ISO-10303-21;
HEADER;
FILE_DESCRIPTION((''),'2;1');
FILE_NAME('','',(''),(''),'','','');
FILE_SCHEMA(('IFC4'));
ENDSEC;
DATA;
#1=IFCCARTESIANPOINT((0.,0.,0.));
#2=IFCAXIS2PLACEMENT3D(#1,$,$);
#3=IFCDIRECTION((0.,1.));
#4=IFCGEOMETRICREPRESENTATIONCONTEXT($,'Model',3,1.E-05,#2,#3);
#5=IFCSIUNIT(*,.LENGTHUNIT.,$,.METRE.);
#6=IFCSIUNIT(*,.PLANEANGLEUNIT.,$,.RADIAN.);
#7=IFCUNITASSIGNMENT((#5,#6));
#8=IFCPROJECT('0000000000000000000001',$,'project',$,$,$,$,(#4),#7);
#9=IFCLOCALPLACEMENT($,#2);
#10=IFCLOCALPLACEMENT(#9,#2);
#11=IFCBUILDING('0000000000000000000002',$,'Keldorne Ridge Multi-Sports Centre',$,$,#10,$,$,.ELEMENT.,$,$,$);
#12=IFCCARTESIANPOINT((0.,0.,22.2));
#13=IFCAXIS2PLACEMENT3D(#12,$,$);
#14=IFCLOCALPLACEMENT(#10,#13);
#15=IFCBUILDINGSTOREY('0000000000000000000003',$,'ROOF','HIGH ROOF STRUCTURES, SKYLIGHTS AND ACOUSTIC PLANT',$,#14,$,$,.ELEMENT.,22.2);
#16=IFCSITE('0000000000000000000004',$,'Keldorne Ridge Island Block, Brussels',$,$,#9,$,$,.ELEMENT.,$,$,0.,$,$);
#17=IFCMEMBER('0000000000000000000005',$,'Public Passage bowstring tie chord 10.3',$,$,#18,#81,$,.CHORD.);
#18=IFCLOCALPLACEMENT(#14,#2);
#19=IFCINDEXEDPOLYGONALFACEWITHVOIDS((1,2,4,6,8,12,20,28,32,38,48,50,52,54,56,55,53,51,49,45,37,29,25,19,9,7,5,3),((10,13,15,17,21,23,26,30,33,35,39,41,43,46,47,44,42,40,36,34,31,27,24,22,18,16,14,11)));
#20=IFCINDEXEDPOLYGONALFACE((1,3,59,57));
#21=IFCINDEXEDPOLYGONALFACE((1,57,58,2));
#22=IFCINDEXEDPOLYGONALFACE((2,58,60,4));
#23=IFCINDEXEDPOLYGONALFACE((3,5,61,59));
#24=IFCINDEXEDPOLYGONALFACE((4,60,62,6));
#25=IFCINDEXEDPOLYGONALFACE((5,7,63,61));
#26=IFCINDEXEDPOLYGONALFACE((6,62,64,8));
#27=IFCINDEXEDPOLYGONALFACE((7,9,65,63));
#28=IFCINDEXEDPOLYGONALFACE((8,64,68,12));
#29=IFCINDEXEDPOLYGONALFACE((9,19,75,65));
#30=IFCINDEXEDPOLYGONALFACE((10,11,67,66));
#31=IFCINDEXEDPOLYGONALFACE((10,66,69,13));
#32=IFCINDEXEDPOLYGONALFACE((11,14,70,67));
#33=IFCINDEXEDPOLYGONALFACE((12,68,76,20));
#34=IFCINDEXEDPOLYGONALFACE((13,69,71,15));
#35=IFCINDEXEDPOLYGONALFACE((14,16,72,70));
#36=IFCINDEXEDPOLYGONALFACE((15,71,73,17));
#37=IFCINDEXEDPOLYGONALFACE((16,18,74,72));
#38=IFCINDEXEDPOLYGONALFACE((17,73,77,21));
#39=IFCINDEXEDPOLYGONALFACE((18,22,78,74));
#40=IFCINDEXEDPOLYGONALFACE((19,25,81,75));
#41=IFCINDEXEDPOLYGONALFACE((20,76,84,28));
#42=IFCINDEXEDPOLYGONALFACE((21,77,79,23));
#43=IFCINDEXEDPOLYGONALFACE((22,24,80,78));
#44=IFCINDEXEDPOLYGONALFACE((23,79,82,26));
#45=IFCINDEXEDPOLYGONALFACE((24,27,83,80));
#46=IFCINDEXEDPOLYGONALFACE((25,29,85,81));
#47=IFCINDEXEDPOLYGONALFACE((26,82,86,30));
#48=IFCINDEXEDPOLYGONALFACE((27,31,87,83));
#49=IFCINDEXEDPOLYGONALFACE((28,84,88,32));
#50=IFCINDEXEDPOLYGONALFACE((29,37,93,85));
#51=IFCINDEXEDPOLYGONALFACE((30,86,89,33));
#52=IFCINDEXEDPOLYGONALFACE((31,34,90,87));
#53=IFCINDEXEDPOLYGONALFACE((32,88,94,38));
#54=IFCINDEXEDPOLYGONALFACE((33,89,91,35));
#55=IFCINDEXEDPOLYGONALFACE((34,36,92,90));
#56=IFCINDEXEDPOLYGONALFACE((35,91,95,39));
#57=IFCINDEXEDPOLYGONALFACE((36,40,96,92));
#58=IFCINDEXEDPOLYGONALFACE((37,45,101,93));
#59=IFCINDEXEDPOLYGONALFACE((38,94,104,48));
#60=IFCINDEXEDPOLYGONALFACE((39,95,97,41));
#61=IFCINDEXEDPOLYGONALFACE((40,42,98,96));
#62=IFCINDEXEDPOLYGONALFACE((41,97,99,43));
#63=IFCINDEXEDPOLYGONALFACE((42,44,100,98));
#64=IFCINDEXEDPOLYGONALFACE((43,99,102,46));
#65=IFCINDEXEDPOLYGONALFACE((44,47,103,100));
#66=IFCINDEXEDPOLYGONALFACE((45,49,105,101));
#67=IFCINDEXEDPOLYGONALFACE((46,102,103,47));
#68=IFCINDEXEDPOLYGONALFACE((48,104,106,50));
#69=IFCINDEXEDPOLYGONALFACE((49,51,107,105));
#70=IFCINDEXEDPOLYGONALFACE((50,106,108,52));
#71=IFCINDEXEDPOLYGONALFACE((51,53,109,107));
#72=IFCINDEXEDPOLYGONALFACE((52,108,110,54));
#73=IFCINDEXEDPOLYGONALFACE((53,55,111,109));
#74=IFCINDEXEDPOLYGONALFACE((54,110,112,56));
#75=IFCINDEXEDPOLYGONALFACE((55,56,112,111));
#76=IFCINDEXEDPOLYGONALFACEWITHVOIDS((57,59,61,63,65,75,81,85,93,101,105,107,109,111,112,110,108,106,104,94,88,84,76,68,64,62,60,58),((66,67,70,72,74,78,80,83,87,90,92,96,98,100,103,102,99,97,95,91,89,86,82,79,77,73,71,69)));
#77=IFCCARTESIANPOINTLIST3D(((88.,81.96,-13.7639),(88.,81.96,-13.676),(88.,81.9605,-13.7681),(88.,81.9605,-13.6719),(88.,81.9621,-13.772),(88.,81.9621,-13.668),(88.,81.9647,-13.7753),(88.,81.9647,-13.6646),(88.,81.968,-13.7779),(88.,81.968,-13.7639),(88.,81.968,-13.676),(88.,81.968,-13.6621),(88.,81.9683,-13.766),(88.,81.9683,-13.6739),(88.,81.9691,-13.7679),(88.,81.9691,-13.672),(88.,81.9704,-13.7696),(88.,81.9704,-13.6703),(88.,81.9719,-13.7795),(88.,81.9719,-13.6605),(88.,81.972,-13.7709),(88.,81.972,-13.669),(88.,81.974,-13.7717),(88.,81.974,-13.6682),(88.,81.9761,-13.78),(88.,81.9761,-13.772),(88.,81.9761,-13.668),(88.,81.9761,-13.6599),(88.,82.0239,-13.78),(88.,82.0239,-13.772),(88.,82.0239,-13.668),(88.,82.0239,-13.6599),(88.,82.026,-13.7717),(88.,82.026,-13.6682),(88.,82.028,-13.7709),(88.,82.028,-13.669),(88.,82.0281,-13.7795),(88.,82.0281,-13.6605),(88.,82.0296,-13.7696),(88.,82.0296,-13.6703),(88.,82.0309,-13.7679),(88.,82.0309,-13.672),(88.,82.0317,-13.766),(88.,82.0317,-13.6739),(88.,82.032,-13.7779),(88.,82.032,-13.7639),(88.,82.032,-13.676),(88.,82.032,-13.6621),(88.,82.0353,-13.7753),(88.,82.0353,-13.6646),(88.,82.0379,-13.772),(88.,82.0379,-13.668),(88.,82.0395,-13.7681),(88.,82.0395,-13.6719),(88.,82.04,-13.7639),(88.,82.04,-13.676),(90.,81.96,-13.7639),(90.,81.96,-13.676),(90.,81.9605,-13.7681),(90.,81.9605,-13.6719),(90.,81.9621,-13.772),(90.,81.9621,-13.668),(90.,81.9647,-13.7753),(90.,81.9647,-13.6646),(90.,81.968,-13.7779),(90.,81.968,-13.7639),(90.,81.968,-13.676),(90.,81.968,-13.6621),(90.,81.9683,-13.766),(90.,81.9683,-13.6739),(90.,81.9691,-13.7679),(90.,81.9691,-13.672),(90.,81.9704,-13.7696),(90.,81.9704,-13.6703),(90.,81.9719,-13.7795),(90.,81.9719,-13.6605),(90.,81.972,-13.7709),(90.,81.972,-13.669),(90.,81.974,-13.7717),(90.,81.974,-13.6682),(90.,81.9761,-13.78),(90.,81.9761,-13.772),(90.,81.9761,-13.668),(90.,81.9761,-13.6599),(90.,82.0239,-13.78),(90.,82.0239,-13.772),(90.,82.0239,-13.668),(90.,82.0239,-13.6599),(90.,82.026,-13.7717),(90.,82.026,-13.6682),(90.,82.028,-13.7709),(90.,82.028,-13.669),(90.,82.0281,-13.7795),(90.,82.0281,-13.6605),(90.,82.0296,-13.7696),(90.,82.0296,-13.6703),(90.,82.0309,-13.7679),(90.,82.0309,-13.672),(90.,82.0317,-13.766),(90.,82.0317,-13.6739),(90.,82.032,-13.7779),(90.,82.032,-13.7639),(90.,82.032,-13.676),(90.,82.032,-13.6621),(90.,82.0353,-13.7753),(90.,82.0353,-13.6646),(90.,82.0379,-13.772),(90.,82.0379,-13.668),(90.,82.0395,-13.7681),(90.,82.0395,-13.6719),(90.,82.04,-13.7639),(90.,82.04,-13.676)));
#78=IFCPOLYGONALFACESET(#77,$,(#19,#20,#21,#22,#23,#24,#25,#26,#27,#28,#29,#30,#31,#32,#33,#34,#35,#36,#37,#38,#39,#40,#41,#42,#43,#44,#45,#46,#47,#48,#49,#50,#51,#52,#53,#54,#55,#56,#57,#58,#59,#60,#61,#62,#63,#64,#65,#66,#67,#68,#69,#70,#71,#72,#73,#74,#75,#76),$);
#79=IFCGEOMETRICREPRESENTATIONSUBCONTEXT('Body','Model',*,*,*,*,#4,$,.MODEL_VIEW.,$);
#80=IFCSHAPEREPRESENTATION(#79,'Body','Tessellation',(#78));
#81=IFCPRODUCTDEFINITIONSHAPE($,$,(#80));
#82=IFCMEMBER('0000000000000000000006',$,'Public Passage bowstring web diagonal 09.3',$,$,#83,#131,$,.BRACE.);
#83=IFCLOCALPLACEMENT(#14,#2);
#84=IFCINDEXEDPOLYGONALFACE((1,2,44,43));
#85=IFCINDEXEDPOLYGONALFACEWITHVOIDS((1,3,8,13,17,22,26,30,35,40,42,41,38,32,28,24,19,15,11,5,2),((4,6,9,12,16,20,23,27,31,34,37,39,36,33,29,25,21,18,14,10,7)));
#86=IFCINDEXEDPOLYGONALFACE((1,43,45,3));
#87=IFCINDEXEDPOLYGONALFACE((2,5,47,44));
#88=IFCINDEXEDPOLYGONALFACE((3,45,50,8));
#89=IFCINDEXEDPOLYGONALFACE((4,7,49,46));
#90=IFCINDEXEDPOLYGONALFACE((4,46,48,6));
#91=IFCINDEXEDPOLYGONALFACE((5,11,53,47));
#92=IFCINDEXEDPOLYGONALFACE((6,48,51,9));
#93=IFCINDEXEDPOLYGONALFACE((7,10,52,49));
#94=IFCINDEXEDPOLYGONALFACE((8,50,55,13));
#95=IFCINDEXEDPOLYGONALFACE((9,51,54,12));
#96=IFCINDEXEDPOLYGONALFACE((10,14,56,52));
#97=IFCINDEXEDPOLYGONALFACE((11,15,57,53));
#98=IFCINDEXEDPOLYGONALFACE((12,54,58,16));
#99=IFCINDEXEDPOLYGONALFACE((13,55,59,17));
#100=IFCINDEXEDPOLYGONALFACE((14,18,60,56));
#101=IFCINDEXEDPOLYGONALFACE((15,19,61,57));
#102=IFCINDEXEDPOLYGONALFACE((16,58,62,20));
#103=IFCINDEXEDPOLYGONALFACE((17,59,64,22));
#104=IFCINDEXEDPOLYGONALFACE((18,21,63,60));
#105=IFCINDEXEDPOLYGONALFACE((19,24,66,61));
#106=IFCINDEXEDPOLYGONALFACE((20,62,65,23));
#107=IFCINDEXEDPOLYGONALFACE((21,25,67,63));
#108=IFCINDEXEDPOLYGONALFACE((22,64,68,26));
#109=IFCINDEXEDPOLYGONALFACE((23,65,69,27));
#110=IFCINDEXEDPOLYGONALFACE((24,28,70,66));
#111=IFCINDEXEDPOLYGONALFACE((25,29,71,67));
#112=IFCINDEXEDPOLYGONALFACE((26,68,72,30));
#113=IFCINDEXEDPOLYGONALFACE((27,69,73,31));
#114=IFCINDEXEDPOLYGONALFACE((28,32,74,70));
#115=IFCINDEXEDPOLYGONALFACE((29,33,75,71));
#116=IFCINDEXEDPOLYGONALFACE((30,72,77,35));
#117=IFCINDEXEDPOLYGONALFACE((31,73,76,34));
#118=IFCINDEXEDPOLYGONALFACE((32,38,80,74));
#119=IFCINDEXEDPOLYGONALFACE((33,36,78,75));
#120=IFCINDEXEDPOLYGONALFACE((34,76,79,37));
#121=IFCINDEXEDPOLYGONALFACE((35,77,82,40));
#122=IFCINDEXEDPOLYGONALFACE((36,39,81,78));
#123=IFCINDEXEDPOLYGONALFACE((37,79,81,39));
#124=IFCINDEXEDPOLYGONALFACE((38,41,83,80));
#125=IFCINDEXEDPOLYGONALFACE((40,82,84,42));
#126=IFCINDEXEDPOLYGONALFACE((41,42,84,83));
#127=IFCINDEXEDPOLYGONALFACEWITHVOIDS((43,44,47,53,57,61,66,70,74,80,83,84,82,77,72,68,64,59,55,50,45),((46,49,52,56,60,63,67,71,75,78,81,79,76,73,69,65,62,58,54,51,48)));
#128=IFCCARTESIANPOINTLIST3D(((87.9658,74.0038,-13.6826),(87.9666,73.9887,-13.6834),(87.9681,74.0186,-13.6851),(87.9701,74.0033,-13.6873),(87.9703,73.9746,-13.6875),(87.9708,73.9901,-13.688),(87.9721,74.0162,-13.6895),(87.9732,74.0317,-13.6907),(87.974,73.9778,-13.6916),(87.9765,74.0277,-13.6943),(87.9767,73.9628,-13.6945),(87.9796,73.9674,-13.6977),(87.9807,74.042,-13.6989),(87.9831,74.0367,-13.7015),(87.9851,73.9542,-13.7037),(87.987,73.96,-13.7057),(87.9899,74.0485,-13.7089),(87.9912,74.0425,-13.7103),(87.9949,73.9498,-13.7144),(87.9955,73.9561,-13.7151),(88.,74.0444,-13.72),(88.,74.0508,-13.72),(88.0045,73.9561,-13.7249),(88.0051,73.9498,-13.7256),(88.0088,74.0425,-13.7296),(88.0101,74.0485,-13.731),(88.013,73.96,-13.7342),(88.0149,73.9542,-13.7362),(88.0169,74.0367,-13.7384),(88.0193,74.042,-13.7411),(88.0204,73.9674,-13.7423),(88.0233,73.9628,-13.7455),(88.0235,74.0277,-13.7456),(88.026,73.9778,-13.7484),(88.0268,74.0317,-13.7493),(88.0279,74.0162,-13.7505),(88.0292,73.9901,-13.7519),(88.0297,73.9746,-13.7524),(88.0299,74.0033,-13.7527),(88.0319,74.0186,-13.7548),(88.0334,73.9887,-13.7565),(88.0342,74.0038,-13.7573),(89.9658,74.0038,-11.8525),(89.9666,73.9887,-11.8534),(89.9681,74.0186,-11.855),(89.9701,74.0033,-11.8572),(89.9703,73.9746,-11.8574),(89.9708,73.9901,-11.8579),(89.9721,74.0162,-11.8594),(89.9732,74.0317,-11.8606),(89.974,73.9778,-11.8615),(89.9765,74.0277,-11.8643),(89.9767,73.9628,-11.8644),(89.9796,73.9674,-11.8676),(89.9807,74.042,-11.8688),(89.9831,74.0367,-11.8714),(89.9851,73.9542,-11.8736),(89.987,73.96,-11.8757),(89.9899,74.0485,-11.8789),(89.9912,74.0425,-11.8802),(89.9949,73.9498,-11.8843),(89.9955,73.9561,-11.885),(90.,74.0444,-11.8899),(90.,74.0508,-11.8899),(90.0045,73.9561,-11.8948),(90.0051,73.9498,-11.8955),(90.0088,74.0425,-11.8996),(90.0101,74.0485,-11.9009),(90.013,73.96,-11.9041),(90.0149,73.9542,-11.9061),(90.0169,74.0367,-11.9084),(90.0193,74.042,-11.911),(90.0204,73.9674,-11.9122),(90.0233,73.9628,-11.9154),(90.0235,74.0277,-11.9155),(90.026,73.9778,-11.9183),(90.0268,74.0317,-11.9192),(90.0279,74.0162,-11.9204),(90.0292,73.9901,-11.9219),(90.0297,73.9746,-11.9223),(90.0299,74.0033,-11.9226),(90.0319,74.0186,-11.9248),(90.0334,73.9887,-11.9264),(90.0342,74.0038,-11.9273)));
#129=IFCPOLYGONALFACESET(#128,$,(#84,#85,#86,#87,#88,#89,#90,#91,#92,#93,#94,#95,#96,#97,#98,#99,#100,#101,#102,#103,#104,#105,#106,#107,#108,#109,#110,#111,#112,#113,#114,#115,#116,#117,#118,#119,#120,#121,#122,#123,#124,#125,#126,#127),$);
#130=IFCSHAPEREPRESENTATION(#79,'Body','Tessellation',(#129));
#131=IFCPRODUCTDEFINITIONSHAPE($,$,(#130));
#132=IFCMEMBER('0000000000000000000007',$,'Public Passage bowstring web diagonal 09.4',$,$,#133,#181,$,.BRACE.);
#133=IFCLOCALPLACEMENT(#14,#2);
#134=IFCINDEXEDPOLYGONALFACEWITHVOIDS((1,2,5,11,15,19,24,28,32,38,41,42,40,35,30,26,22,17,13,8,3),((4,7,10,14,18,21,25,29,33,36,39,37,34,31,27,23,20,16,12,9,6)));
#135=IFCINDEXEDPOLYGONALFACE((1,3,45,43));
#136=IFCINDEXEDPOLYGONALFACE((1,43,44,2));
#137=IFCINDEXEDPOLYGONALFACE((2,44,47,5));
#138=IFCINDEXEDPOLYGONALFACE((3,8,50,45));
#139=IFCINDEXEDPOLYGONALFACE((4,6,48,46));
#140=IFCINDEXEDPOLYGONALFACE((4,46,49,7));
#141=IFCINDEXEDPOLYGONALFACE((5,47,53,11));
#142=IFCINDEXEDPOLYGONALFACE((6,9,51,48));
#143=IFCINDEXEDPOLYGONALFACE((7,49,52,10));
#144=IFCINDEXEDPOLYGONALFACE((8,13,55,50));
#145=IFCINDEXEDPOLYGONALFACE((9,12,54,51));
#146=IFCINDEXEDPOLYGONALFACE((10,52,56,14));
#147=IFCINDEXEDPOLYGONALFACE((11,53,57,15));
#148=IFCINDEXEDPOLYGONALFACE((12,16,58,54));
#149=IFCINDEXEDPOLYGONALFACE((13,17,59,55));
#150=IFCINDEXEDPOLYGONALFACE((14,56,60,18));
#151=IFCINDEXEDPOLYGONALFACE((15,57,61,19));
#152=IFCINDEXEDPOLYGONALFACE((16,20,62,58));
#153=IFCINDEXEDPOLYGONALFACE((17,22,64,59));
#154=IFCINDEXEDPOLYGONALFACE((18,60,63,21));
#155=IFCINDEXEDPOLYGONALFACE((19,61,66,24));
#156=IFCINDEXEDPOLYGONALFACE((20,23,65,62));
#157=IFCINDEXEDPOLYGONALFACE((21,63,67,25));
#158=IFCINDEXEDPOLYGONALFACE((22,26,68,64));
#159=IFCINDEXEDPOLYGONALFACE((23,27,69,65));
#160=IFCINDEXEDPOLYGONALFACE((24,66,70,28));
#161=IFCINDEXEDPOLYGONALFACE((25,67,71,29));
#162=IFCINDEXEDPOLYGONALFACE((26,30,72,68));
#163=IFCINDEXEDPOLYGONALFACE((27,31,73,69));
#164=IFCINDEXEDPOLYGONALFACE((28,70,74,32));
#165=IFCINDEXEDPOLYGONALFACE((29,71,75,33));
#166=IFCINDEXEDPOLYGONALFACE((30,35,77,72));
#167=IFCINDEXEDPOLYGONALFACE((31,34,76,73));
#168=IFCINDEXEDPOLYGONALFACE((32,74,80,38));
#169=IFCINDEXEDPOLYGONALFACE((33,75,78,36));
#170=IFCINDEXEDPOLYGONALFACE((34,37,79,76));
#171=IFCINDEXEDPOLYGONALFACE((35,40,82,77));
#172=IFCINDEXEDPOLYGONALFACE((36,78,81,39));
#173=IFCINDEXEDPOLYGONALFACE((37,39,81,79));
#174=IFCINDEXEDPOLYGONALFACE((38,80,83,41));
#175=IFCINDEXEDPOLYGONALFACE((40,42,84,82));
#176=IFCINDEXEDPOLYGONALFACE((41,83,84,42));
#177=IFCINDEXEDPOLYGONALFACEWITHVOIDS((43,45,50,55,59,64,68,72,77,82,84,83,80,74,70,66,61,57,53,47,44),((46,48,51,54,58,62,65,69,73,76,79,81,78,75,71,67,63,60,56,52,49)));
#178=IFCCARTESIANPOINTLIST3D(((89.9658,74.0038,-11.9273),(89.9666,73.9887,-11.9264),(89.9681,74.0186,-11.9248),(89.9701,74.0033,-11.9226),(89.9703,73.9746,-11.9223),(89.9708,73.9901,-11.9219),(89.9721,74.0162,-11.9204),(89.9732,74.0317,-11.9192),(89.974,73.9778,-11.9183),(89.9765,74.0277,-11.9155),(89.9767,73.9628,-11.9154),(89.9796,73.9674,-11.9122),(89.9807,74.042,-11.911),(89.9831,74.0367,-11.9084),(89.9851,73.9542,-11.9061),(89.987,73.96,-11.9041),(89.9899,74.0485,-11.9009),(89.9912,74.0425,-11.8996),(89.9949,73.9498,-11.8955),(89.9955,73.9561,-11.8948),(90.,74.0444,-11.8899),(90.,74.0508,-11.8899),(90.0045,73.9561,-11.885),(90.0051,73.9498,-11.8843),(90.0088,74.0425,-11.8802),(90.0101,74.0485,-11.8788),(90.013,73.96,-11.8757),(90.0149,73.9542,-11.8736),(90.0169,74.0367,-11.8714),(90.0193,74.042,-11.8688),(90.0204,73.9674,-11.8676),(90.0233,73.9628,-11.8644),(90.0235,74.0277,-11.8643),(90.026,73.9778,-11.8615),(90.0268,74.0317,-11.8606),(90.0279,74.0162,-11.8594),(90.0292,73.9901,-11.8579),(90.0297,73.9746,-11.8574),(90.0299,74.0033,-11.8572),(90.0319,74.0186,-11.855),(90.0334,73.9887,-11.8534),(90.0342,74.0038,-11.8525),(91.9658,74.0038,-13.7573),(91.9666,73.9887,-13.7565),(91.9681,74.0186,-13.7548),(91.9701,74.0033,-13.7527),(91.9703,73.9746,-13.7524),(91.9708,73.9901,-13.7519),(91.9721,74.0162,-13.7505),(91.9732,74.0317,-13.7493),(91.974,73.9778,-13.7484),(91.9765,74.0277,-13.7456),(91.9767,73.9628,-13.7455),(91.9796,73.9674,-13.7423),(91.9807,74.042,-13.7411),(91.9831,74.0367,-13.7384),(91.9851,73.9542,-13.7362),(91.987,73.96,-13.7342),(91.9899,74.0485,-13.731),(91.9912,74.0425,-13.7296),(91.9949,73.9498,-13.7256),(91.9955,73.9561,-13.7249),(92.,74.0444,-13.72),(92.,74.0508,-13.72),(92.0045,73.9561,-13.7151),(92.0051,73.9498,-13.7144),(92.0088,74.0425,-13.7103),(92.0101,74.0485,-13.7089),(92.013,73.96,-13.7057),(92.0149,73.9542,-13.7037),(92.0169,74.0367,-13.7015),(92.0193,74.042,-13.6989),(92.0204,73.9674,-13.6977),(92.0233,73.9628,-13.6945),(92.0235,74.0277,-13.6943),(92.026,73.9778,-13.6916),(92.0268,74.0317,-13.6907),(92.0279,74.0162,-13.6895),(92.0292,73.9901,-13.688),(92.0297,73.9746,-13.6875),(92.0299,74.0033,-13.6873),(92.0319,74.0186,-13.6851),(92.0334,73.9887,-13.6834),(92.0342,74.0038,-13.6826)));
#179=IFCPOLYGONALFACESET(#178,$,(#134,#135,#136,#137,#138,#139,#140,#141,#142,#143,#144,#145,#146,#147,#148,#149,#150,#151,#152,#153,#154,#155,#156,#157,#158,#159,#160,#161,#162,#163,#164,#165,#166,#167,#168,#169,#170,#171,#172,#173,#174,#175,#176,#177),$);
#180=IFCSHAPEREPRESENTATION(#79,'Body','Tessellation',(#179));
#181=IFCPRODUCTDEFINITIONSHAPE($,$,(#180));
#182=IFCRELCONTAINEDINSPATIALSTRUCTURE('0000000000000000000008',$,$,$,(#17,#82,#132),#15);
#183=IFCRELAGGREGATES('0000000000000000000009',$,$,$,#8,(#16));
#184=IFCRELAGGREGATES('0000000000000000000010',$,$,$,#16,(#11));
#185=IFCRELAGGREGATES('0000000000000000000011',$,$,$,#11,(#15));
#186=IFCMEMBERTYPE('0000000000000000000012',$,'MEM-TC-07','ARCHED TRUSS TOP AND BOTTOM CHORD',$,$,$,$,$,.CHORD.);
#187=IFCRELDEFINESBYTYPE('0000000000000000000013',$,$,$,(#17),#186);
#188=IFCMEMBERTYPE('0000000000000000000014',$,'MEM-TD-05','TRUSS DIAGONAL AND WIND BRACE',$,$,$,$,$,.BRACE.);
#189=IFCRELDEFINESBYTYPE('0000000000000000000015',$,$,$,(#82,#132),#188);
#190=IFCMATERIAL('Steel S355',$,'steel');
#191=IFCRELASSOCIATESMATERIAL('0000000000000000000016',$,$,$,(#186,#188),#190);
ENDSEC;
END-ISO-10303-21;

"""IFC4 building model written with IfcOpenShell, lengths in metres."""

from ifc_helpers import new_model, si_unit, direction, frame, origin, origin_2d, place, context, subcontext, project, spatial, hollow_rectangle, hollow_circle, extrude, material, material_profile, profile_set, type_object, element, save


model = new_model("IFC4")

# Units and contexts
model_context = context("Model", 3, precision=1e-05, world=origin(), true_north=direction((0.0, 1.0)))
body_context = subcontext(model_context, "Body", "Model", "MODEL_VIEW")
ifc_project = project(units=[si_unit("LENGTHUNIT", "METRE"), si_unit("PLANEANGLEUNIT", "RADIAN")], contexts=[model_context])

# Site, building, storey
site_placement = place(None, origin())
site = spatial("IfcSite", under=ifc_project, at=site_placement, Name="Keldorne Ridge Island Block, Brussels", CompositionType="ELEMENT", RefElevation=0.0)
building_placement = place(site_placement, origin())
building = spatial("IfcBuilding", under=site, at=building_placement, Name="Keldorne Ridge Multi-Sports Centre", CompositionType="ELEMENT")
storey_placement = place(building_placement, frame((0.0, 0.0, 22.2)))
storey = spatial("IfcBuildingStorey", under=building, at=storey_placement, Name="ROOF", Description="HIGH ROOF STRUCTURES, SKYLIGHTS AND ACOUSTIC PLANT", CompositionType="ELEMENT", Elevation=22.2)

# Members
ifc_material = material(Name="Steel S355", Category="steel")
ifc_material_profile_1 = material_profile(ifc_material, hollow_rectangle(XDim=0.0801, YDim=0.1201, WallThickness=0.0081, InnerFilletRadius=0.0081, OuterFilletRadius=0.0161, at=origin_2d()), Name="RHS 120x80x8")
ifc_profile_set_1 = profile_set([ifc_material_profile_1], Name="Steel S355")
member_type_1 = type_object("IfcMemberType", Name="MEM-TC-07", Description="ARCHED TRUSS TOP AND BOTTOM CHORD", PredefinedType="CHORD", material=ifc_profile_set_1)
for number, where, z_axis, x_axis, name in (
    (1, (88.0, 82.0, -13.72), (1.0, 0.0, 0.0), (0.0, 1.0, 0.0), "Public Passage bowstring tie chord 10.3"),
):
    element("IfcMember", number, at=place(storey_placement, frame(where, z_axis=z_axis, x_axis=x_axis)), inside=storey, type_object=member_type_1, Name=name, PredefinedType="CHORD", context=body_context, shape_type="SweptSolid", body=[
        extrude(hollow_rectangle(XDim=0.0801, YDim=0.1201, WallThickness=0.0081, InnerFilletRadius=0.0081, OuterFilletRadius=0.0161, at=origin_2d()), origin(), (0.0, 0.0, 1.0), 2.0),
    ])
ifc_material_profile_2 = material_profile(ifc_material, hollow_circle(Radius=0.0508, WallThickness=0.0063, at=origin_2d()), Name="CHS 101.6x6.3")
ifc_profile_set_2 = profile_set([ifc_material_profile_2], Name="Steel S355")
member_type_2 = type_object("IfcMemberType", Name="MEM-TD-05", Description="TRUSS DIAGONAL AND WIND BRACE", PredefinedType="BRACE", material=ifc_profile_set_2)
for number, where, z_axis, x_axis, name in (
    (2, (88.0, 74.0, -13.72), (0.737752, 0.0, 0.675072), (0.0, 1.0, 0.0), "Public Passage bowstring web diagonal 09.3"),
    (3, (90.0, 74.0, -11.8899), (0.737752, 0.0, -0.675072), (0.0, 1.0, 0.0), "Public Passage bowstring web diagonal 09.4"),
):
    element("IfcMember", number, at=place(storey_placement, frame(where, z_axis=z_axis, x_axis=x_axis)), inside=storey, type_object=member_type_2, Name=name, PredefinedType="BRACE", context=body_context, shape_type="SweptSolid", body=[
        extrude(hollow_circle(Radius=0.0508, WallThickness=0.0063, at=origin_2d()), origin(), (0.0, 0.0, 1.0), 2.7109),
    ])

save(model, "model.ifc")
